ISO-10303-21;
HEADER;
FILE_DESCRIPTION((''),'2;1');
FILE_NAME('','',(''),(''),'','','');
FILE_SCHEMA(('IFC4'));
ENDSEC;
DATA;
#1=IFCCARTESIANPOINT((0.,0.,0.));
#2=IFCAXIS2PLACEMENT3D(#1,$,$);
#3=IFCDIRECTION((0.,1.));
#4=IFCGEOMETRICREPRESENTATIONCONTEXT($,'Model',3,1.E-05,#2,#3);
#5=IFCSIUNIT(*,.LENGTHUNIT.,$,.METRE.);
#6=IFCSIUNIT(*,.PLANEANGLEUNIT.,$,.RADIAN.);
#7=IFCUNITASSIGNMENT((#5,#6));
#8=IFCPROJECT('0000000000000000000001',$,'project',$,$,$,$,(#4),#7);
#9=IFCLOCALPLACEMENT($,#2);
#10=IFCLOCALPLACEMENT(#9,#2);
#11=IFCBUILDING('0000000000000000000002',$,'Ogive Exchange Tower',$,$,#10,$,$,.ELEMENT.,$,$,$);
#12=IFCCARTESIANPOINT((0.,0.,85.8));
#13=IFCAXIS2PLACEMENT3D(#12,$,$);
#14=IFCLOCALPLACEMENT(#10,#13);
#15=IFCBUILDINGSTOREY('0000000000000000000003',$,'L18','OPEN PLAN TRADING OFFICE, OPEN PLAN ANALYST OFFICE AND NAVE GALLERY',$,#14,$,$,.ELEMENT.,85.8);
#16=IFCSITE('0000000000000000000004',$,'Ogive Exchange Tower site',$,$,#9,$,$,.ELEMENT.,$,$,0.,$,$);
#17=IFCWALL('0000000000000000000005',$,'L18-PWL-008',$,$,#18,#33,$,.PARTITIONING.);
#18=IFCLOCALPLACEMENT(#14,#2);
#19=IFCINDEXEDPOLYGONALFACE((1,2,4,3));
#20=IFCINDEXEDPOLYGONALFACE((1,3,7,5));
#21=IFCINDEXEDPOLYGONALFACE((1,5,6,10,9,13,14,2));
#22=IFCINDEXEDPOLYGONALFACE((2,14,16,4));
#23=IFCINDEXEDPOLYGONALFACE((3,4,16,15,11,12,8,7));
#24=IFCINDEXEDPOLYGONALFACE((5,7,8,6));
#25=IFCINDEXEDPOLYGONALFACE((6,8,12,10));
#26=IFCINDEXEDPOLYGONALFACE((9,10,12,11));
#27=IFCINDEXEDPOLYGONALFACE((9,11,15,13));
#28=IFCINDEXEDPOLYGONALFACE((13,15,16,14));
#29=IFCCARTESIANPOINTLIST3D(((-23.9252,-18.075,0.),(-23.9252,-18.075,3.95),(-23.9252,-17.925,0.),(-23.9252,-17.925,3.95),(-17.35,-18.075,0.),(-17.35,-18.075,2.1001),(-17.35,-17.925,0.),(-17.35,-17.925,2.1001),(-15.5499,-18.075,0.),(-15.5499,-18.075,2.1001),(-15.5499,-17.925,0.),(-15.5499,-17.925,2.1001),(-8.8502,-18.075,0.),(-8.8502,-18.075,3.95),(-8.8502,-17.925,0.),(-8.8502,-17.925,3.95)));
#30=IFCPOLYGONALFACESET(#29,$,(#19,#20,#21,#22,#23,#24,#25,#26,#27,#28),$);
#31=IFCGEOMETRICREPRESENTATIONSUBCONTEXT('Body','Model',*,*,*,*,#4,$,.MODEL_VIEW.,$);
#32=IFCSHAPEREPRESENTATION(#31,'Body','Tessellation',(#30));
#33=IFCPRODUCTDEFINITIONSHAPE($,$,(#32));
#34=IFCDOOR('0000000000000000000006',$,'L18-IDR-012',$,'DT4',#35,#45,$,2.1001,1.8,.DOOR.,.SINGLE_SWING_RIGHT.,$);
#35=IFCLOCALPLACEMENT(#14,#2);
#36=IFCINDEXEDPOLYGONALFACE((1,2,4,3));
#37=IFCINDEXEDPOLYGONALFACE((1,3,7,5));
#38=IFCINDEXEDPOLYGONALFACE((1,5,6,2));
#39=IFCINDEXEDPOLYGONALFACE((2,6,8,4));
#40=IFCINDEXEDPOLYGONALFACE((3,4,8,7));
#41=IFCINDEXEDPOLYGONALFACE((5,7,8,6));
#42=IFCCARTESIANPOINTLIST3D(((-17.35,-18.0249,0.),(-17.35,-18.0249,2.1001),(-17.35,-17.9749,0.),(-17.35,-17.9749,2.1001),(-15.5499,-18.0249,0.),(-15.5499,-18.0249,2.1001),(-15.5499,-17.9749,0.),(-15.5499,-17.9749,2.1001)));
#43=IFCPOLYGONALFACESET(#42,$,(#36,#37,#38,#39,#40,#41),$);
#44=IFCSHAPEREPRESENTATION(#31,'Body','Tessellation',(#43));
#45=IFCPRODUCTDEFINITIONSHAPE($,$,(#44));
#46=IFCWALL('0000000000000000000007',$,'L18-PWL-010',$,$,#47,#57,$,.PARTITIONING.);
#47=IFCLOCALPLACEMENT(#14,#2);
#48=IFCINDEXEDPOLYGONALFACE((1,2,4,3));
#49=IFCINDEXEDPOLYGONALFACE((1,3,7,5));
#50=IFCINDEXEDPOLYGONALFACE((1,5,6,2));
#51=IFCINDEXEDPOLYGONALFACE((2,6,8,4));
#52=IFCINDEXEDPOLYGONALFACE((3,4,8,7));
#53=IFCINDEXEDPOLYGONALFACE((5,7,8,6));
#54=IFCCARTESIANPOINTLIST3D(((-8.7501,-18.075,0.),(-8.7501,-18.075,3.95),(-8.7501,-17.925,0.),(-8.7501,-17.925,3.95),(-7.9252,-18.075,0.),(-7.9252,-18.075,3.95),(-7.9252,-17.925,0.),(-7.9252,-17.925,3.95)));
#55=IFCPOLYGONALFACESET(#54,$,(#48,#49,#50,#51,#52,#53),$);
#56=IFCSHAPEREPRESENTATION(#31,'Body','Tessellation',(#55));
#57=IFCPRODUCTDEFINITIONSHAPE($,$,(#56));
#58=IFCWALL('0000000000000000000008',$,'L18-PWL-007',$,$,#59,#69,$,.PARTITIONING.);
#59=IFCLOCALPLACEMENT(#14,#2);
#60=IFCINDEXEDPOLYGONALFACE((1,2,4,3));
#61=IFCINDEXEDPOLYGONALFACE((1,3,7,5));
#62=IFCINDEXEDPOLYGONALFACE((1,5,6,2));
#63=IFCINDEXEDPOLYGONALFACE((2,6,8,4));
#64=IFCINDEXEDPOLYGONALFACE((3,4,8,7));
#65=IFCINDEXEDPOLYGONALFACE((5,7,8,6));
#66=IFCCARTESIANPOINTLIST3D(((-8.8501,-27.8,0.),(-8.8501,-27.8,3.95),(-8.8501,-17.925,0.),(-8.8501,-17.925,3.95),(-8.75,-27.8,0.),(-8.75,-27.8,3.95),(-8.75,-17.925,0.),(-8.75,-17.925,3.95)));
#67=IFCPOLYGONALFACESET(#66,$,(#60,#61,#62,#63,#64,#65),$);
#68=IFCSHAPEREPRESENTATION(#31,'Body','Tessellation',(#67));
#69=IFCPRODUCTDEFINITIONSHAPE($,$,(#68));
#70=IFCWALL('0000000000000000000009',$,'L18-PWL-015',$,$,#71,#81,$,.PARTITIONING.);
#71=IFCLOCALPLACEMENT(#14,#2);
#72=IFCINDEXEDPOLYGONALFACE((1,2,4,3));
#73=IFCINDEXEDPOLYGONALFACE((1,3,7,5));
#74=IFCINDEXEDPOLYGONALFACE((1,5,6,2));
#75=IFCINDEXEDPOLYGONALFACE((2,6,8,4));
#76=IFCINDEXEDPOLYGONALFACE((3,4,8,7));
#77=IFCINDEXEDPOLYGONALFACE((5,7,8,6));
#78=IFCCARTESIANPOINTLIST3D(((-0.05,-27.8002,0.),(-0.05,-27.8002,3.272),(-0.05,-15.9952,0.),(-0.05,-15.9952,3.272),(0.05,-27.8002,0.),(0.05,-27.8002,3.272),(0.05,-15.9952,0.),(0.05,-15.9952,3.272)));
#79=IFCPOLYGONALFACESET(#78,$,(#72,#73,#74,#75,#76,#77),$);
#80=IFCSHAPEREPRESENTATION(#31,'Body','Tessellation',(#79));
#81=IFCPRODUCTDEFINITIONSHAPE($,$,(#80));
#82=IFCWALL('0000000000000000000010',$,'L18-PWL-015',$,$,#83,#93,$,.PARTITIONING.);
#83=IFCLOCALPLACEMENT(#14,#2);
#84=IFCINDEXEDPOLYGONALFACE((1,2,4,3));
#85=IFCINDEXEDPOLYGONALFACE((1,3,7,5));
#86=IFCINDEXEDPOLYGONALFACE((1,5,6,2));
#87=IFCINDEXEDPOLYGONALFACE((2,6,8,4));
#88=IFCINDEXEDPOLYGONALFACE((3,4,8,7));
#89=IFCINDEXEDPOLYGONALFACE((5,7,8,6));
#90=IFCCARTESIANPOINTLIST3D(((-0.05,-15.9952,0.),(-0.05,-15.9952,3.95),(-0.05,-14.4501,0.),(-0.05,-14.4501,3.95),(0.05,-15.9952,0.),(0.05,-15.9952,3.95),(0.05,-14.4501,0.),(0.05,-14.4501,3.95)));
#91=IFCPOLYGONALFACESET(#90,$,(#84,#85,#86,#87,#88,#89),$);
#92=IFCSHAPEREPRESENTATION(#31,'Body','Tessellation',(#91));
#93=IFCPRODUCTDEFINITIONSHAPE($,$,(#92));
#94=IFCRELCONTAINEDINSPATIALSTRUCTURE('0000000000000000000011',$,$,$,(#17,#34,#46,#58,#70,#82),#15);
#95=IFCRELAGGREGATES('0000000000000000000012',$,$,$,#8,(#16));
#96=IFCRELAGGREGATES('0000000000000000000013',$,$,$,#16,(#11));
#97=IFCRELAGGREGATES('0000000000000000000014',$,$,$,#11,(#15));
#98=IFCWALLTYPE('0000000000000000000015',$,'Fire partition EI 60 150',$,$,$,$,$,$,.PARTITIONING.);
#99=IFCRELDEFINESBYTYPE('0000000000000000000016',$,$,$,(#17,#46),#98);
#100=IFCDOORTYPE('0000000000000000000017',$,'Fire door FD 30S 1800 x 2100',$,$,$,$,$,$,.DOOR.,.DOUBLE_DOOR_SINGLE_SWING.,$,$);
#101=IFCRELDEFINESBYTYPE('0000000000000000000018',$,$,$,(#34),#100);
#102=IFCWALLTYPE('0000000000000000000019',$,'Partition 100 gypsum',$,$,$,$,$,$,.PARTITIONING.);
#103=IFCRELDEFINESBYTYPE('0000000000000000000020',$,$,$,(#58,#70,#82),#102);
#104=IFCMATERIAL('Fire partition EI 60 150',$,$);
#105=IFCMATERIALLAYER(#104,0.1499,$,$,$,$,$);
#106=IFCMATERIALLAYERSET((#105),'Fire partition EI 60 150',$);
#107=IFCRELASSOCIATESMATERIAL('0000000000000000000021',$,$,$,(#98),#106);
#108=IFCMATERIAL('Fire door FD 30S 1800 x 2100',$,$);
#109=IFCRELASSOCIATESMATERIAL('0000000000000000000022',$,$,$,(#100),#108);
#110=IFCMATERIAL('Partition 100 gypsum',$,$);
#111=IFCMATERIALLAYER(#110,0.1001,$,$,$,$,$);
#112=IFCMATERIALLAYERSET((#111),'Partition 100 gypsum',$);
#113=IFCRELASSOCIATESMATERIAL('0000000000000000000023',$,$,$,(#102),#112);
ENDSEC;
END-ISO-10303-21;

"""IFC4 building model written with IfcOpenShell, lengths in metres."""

from ifc_helpers import new_model, si_unit, direction, frame, frame_2d, origin, place, context, subcontext, project, spatial, rectangle, extrude, material, layer, layer_set, type_object, element, fill, save


model = new_model("IFC4")

# Units and contexts
model_context = context("Model", 3, precision=1e-05, world=origin(), true_north=direction((0.0, 1.0)))
body_context = subcontext(model_context, "Body", "Model", "MODEL_VIEW")
ifc_project = project(units=[si_unit("LENGTHUNIT", "METRE"), si_unit("PLANEANGLEUNIT", "RADIAN")], contexts=[model_context])

# Site, building, storey
site_placement = place(None, origin())
site = spatial("IfcSite", under=ifc_project, at=site_placement, Name="Ogive Exchange Tower site", CompositionType="ELEMENT", RefElevation=0.0)
building_placement = place(site_placement, origin())
building = spatial("IfcBuilding", under=site, at=building_placement, Name="Ogive Exchange Tower", CompositionType="ELEMENT")
storey_placement = place(building_placement, frame((0.0, 0.0, 85.8)))
storey = spatial("IfcBuildingStorey", under=building, at=storey_placement, Name="L18", Description="OPEN PLAN TRADING OFFICE, OPEN PLAN ANALYST OFFICE AND NAVE GALLERY", CompositionType="ELEMENT", Elevation=85.8)

# Wall, opening, door
ifc_material_1 = material(Name="Fire partition EI 60 150")
ifc_layer_1 = layer(ifc_material_1, 0.1499)
ifc_layer_set_1 = layer_set([ifc_layer_1], Name="Fire partition EI 60 150")
wall_type_1 = type_object("IfcWallType", Name="Fire partition EI 60 150", PredefinedType="PARTITIONING", material=ifc_layer_set_1)
wall_1_placement = place(storey_placement, frame((-8.8501, -18.0, 0.0), z_axis=(0.0, 0.0, 1.0), x_axis=(-1.0, 0.0, 0.0)))
wall_1 = element("IfcWall", 1, at=wall_1_placement, inside=storey, type_object=wall_type_1, Name="L18-PWL-008", PredefinedType="PARTITIONING", context=body_context, shape_type="SweptSolid", body=[
    extrude(rectangle(XDim=15.075, YDim=0.1499, at=frame_2d((7.5376, 0.0))), origin(), (0.0, 0.0, 1.0), 3.95),
])
opening_placement = place(wall_1_placement, frame((6.7, 0.0, 0.0)))
opening = element("IfcOpeningElement", 2, at=opening_placement, cuts=wall_1, PredefinedType="OPENING", context=body_context, shape_type="SweptSolid", body=[
    extrude(rectangle(XDim=1.8, YDim=2.1001, at=frame_2d((0.8999, 1.05))), frame((0.0, 0.085, 0.0), z_axis=(0.0, -1.0, 0.0), x_axis=(1.0, 0.0, 0.0)), (0.0, 0.0, 1.0), 0.1699),
])
ifc_material_2 = material(Name="Fire door FD 30S 1800 x 2100")
door_type = type_object("IfcDoorType", Name="Fire door FD 30S 1800 x 2100", OperationType="DOUBLE_DOOR_SINGLE_SWING", PredefinedType="DOOR", material=ifc_material_2)
door_placement = place(opening_placement, origin())
door = element("IfcDoor", 3, at=door_placement, inside=storey, type_object=door_type, Name="L18-IDR-012", ObjectType="DT4", OperationType="SINGLE_SWING_RIGHT", OverallHeight=2.1001, OverallWidth=1.8, PredefinedType="DOOR", context=body_context, shape_type="SweptSolid", body=[
    extrude(rectangle(XDim=1.8, YDim=2.1001, at=frame_2d((0.8999, 1.05))), frame((0.0, 0.0249, 0.0), z_axis=(0.0, -1.0, 0.0), x_axis=(1.0, 0.0, 0.0)), (0.0, 0.0, 1.0), 0.05),
])
fill(opening, door)

# Walls
wall_2_placement = place(storey_placement, frame((-7.925, -18.0, 0.0), z_axis=(0.0, 0.0, 1.0), x_axis=(-1.0, 0.0, 0.0)))
element("IfcWall", 4, at=wall_2_placement, inside=storey, type_object=wall_type_1, Name="L18-PWL-010", PredefinedType="PARTITIONING", context=body_context, shape_type="SweptSolid", body=[
    extrude(rectangle(XDim=0.825, YDim=0.1499, at=frame_2d((0.4126, 0.0))), origin(), (0.0, 0.0, 1.0), 3.95),
])
ifc_material_3 = material(Name="Partition 100 gypsum")
ifc_layer_2 = layer(ifc_material_3, 0.1001)
ifc_layer_set_2 = layer_set([ifc_layer_2], Name="Partition 100 gypsum")
wall_type_2 = type_object("IfcWallType", Name="Partition 100 gypsum", PredefinedType="PARTITIONING", material=ifc_layer_set_2)
wall_3_placement = place(storey_placement, frame((-8.8, -27.8, 0.0), z_axis=(0.0, 0.0, 1.0), x_axis=(0.0, 1.0, 0.0)))
element("IfcWall", 5, at=wall_3_placement, inside=storey, type_object=wall_type_2, Name="L18-PWL-007", PredefinedType="PARTITIONING", context=body_context, shape_type="SweptSolid", body=[
    extrude(rectangle(XDim=9.875, YDim=0.1001, at=frame_2d((4.9375, 0.0))), origin(), (0.0, 0.0, 1.0), 3.95),
])
wall_4_placement = place(storey_placement, frame((0.0, -27.8, 0.0), z_axis=(0.0, 0.0, 1.0), x_axis=(0.0, 1.0, 0.0)))
element("IfcWall", 6, at=wall_4_placement, inside=storey, type_object=wall_type_2, Name="L18-PWL-015", PredefinedType="PARTITIONING", context=body_context, shape_type="SweptSolid", body=[
    extrude(rectangle(XDim=11.8049, YDim=0.1001, at=frame_2d((5.9023, 0.0))), origin(), (0.0, 0.0, 1.0), 3.272),
])
wall_5_placement = place(storey_placement, frame((0.0, -15.9951, 0.0), z_axis=(0.0, 0.0, 1.0), x_axis=(0.0, 1.0, 0.0)))
element("IfcWall", 7, at=wall_5_placement, inside=storey, type_object=wall_type_2, Name="L18-PWL-015", PredefinedType="PARTITIONING", context=body_context, shape_type="SweptSolid", body=[
    extrude(rectangle(XDim=1.5452, YDim=0.1001, at=frame_2d((0.7725, 0.0))), origin(), (0.0, 0.0, 1.0), 3.95),
])

save(model, "model.ifc")
